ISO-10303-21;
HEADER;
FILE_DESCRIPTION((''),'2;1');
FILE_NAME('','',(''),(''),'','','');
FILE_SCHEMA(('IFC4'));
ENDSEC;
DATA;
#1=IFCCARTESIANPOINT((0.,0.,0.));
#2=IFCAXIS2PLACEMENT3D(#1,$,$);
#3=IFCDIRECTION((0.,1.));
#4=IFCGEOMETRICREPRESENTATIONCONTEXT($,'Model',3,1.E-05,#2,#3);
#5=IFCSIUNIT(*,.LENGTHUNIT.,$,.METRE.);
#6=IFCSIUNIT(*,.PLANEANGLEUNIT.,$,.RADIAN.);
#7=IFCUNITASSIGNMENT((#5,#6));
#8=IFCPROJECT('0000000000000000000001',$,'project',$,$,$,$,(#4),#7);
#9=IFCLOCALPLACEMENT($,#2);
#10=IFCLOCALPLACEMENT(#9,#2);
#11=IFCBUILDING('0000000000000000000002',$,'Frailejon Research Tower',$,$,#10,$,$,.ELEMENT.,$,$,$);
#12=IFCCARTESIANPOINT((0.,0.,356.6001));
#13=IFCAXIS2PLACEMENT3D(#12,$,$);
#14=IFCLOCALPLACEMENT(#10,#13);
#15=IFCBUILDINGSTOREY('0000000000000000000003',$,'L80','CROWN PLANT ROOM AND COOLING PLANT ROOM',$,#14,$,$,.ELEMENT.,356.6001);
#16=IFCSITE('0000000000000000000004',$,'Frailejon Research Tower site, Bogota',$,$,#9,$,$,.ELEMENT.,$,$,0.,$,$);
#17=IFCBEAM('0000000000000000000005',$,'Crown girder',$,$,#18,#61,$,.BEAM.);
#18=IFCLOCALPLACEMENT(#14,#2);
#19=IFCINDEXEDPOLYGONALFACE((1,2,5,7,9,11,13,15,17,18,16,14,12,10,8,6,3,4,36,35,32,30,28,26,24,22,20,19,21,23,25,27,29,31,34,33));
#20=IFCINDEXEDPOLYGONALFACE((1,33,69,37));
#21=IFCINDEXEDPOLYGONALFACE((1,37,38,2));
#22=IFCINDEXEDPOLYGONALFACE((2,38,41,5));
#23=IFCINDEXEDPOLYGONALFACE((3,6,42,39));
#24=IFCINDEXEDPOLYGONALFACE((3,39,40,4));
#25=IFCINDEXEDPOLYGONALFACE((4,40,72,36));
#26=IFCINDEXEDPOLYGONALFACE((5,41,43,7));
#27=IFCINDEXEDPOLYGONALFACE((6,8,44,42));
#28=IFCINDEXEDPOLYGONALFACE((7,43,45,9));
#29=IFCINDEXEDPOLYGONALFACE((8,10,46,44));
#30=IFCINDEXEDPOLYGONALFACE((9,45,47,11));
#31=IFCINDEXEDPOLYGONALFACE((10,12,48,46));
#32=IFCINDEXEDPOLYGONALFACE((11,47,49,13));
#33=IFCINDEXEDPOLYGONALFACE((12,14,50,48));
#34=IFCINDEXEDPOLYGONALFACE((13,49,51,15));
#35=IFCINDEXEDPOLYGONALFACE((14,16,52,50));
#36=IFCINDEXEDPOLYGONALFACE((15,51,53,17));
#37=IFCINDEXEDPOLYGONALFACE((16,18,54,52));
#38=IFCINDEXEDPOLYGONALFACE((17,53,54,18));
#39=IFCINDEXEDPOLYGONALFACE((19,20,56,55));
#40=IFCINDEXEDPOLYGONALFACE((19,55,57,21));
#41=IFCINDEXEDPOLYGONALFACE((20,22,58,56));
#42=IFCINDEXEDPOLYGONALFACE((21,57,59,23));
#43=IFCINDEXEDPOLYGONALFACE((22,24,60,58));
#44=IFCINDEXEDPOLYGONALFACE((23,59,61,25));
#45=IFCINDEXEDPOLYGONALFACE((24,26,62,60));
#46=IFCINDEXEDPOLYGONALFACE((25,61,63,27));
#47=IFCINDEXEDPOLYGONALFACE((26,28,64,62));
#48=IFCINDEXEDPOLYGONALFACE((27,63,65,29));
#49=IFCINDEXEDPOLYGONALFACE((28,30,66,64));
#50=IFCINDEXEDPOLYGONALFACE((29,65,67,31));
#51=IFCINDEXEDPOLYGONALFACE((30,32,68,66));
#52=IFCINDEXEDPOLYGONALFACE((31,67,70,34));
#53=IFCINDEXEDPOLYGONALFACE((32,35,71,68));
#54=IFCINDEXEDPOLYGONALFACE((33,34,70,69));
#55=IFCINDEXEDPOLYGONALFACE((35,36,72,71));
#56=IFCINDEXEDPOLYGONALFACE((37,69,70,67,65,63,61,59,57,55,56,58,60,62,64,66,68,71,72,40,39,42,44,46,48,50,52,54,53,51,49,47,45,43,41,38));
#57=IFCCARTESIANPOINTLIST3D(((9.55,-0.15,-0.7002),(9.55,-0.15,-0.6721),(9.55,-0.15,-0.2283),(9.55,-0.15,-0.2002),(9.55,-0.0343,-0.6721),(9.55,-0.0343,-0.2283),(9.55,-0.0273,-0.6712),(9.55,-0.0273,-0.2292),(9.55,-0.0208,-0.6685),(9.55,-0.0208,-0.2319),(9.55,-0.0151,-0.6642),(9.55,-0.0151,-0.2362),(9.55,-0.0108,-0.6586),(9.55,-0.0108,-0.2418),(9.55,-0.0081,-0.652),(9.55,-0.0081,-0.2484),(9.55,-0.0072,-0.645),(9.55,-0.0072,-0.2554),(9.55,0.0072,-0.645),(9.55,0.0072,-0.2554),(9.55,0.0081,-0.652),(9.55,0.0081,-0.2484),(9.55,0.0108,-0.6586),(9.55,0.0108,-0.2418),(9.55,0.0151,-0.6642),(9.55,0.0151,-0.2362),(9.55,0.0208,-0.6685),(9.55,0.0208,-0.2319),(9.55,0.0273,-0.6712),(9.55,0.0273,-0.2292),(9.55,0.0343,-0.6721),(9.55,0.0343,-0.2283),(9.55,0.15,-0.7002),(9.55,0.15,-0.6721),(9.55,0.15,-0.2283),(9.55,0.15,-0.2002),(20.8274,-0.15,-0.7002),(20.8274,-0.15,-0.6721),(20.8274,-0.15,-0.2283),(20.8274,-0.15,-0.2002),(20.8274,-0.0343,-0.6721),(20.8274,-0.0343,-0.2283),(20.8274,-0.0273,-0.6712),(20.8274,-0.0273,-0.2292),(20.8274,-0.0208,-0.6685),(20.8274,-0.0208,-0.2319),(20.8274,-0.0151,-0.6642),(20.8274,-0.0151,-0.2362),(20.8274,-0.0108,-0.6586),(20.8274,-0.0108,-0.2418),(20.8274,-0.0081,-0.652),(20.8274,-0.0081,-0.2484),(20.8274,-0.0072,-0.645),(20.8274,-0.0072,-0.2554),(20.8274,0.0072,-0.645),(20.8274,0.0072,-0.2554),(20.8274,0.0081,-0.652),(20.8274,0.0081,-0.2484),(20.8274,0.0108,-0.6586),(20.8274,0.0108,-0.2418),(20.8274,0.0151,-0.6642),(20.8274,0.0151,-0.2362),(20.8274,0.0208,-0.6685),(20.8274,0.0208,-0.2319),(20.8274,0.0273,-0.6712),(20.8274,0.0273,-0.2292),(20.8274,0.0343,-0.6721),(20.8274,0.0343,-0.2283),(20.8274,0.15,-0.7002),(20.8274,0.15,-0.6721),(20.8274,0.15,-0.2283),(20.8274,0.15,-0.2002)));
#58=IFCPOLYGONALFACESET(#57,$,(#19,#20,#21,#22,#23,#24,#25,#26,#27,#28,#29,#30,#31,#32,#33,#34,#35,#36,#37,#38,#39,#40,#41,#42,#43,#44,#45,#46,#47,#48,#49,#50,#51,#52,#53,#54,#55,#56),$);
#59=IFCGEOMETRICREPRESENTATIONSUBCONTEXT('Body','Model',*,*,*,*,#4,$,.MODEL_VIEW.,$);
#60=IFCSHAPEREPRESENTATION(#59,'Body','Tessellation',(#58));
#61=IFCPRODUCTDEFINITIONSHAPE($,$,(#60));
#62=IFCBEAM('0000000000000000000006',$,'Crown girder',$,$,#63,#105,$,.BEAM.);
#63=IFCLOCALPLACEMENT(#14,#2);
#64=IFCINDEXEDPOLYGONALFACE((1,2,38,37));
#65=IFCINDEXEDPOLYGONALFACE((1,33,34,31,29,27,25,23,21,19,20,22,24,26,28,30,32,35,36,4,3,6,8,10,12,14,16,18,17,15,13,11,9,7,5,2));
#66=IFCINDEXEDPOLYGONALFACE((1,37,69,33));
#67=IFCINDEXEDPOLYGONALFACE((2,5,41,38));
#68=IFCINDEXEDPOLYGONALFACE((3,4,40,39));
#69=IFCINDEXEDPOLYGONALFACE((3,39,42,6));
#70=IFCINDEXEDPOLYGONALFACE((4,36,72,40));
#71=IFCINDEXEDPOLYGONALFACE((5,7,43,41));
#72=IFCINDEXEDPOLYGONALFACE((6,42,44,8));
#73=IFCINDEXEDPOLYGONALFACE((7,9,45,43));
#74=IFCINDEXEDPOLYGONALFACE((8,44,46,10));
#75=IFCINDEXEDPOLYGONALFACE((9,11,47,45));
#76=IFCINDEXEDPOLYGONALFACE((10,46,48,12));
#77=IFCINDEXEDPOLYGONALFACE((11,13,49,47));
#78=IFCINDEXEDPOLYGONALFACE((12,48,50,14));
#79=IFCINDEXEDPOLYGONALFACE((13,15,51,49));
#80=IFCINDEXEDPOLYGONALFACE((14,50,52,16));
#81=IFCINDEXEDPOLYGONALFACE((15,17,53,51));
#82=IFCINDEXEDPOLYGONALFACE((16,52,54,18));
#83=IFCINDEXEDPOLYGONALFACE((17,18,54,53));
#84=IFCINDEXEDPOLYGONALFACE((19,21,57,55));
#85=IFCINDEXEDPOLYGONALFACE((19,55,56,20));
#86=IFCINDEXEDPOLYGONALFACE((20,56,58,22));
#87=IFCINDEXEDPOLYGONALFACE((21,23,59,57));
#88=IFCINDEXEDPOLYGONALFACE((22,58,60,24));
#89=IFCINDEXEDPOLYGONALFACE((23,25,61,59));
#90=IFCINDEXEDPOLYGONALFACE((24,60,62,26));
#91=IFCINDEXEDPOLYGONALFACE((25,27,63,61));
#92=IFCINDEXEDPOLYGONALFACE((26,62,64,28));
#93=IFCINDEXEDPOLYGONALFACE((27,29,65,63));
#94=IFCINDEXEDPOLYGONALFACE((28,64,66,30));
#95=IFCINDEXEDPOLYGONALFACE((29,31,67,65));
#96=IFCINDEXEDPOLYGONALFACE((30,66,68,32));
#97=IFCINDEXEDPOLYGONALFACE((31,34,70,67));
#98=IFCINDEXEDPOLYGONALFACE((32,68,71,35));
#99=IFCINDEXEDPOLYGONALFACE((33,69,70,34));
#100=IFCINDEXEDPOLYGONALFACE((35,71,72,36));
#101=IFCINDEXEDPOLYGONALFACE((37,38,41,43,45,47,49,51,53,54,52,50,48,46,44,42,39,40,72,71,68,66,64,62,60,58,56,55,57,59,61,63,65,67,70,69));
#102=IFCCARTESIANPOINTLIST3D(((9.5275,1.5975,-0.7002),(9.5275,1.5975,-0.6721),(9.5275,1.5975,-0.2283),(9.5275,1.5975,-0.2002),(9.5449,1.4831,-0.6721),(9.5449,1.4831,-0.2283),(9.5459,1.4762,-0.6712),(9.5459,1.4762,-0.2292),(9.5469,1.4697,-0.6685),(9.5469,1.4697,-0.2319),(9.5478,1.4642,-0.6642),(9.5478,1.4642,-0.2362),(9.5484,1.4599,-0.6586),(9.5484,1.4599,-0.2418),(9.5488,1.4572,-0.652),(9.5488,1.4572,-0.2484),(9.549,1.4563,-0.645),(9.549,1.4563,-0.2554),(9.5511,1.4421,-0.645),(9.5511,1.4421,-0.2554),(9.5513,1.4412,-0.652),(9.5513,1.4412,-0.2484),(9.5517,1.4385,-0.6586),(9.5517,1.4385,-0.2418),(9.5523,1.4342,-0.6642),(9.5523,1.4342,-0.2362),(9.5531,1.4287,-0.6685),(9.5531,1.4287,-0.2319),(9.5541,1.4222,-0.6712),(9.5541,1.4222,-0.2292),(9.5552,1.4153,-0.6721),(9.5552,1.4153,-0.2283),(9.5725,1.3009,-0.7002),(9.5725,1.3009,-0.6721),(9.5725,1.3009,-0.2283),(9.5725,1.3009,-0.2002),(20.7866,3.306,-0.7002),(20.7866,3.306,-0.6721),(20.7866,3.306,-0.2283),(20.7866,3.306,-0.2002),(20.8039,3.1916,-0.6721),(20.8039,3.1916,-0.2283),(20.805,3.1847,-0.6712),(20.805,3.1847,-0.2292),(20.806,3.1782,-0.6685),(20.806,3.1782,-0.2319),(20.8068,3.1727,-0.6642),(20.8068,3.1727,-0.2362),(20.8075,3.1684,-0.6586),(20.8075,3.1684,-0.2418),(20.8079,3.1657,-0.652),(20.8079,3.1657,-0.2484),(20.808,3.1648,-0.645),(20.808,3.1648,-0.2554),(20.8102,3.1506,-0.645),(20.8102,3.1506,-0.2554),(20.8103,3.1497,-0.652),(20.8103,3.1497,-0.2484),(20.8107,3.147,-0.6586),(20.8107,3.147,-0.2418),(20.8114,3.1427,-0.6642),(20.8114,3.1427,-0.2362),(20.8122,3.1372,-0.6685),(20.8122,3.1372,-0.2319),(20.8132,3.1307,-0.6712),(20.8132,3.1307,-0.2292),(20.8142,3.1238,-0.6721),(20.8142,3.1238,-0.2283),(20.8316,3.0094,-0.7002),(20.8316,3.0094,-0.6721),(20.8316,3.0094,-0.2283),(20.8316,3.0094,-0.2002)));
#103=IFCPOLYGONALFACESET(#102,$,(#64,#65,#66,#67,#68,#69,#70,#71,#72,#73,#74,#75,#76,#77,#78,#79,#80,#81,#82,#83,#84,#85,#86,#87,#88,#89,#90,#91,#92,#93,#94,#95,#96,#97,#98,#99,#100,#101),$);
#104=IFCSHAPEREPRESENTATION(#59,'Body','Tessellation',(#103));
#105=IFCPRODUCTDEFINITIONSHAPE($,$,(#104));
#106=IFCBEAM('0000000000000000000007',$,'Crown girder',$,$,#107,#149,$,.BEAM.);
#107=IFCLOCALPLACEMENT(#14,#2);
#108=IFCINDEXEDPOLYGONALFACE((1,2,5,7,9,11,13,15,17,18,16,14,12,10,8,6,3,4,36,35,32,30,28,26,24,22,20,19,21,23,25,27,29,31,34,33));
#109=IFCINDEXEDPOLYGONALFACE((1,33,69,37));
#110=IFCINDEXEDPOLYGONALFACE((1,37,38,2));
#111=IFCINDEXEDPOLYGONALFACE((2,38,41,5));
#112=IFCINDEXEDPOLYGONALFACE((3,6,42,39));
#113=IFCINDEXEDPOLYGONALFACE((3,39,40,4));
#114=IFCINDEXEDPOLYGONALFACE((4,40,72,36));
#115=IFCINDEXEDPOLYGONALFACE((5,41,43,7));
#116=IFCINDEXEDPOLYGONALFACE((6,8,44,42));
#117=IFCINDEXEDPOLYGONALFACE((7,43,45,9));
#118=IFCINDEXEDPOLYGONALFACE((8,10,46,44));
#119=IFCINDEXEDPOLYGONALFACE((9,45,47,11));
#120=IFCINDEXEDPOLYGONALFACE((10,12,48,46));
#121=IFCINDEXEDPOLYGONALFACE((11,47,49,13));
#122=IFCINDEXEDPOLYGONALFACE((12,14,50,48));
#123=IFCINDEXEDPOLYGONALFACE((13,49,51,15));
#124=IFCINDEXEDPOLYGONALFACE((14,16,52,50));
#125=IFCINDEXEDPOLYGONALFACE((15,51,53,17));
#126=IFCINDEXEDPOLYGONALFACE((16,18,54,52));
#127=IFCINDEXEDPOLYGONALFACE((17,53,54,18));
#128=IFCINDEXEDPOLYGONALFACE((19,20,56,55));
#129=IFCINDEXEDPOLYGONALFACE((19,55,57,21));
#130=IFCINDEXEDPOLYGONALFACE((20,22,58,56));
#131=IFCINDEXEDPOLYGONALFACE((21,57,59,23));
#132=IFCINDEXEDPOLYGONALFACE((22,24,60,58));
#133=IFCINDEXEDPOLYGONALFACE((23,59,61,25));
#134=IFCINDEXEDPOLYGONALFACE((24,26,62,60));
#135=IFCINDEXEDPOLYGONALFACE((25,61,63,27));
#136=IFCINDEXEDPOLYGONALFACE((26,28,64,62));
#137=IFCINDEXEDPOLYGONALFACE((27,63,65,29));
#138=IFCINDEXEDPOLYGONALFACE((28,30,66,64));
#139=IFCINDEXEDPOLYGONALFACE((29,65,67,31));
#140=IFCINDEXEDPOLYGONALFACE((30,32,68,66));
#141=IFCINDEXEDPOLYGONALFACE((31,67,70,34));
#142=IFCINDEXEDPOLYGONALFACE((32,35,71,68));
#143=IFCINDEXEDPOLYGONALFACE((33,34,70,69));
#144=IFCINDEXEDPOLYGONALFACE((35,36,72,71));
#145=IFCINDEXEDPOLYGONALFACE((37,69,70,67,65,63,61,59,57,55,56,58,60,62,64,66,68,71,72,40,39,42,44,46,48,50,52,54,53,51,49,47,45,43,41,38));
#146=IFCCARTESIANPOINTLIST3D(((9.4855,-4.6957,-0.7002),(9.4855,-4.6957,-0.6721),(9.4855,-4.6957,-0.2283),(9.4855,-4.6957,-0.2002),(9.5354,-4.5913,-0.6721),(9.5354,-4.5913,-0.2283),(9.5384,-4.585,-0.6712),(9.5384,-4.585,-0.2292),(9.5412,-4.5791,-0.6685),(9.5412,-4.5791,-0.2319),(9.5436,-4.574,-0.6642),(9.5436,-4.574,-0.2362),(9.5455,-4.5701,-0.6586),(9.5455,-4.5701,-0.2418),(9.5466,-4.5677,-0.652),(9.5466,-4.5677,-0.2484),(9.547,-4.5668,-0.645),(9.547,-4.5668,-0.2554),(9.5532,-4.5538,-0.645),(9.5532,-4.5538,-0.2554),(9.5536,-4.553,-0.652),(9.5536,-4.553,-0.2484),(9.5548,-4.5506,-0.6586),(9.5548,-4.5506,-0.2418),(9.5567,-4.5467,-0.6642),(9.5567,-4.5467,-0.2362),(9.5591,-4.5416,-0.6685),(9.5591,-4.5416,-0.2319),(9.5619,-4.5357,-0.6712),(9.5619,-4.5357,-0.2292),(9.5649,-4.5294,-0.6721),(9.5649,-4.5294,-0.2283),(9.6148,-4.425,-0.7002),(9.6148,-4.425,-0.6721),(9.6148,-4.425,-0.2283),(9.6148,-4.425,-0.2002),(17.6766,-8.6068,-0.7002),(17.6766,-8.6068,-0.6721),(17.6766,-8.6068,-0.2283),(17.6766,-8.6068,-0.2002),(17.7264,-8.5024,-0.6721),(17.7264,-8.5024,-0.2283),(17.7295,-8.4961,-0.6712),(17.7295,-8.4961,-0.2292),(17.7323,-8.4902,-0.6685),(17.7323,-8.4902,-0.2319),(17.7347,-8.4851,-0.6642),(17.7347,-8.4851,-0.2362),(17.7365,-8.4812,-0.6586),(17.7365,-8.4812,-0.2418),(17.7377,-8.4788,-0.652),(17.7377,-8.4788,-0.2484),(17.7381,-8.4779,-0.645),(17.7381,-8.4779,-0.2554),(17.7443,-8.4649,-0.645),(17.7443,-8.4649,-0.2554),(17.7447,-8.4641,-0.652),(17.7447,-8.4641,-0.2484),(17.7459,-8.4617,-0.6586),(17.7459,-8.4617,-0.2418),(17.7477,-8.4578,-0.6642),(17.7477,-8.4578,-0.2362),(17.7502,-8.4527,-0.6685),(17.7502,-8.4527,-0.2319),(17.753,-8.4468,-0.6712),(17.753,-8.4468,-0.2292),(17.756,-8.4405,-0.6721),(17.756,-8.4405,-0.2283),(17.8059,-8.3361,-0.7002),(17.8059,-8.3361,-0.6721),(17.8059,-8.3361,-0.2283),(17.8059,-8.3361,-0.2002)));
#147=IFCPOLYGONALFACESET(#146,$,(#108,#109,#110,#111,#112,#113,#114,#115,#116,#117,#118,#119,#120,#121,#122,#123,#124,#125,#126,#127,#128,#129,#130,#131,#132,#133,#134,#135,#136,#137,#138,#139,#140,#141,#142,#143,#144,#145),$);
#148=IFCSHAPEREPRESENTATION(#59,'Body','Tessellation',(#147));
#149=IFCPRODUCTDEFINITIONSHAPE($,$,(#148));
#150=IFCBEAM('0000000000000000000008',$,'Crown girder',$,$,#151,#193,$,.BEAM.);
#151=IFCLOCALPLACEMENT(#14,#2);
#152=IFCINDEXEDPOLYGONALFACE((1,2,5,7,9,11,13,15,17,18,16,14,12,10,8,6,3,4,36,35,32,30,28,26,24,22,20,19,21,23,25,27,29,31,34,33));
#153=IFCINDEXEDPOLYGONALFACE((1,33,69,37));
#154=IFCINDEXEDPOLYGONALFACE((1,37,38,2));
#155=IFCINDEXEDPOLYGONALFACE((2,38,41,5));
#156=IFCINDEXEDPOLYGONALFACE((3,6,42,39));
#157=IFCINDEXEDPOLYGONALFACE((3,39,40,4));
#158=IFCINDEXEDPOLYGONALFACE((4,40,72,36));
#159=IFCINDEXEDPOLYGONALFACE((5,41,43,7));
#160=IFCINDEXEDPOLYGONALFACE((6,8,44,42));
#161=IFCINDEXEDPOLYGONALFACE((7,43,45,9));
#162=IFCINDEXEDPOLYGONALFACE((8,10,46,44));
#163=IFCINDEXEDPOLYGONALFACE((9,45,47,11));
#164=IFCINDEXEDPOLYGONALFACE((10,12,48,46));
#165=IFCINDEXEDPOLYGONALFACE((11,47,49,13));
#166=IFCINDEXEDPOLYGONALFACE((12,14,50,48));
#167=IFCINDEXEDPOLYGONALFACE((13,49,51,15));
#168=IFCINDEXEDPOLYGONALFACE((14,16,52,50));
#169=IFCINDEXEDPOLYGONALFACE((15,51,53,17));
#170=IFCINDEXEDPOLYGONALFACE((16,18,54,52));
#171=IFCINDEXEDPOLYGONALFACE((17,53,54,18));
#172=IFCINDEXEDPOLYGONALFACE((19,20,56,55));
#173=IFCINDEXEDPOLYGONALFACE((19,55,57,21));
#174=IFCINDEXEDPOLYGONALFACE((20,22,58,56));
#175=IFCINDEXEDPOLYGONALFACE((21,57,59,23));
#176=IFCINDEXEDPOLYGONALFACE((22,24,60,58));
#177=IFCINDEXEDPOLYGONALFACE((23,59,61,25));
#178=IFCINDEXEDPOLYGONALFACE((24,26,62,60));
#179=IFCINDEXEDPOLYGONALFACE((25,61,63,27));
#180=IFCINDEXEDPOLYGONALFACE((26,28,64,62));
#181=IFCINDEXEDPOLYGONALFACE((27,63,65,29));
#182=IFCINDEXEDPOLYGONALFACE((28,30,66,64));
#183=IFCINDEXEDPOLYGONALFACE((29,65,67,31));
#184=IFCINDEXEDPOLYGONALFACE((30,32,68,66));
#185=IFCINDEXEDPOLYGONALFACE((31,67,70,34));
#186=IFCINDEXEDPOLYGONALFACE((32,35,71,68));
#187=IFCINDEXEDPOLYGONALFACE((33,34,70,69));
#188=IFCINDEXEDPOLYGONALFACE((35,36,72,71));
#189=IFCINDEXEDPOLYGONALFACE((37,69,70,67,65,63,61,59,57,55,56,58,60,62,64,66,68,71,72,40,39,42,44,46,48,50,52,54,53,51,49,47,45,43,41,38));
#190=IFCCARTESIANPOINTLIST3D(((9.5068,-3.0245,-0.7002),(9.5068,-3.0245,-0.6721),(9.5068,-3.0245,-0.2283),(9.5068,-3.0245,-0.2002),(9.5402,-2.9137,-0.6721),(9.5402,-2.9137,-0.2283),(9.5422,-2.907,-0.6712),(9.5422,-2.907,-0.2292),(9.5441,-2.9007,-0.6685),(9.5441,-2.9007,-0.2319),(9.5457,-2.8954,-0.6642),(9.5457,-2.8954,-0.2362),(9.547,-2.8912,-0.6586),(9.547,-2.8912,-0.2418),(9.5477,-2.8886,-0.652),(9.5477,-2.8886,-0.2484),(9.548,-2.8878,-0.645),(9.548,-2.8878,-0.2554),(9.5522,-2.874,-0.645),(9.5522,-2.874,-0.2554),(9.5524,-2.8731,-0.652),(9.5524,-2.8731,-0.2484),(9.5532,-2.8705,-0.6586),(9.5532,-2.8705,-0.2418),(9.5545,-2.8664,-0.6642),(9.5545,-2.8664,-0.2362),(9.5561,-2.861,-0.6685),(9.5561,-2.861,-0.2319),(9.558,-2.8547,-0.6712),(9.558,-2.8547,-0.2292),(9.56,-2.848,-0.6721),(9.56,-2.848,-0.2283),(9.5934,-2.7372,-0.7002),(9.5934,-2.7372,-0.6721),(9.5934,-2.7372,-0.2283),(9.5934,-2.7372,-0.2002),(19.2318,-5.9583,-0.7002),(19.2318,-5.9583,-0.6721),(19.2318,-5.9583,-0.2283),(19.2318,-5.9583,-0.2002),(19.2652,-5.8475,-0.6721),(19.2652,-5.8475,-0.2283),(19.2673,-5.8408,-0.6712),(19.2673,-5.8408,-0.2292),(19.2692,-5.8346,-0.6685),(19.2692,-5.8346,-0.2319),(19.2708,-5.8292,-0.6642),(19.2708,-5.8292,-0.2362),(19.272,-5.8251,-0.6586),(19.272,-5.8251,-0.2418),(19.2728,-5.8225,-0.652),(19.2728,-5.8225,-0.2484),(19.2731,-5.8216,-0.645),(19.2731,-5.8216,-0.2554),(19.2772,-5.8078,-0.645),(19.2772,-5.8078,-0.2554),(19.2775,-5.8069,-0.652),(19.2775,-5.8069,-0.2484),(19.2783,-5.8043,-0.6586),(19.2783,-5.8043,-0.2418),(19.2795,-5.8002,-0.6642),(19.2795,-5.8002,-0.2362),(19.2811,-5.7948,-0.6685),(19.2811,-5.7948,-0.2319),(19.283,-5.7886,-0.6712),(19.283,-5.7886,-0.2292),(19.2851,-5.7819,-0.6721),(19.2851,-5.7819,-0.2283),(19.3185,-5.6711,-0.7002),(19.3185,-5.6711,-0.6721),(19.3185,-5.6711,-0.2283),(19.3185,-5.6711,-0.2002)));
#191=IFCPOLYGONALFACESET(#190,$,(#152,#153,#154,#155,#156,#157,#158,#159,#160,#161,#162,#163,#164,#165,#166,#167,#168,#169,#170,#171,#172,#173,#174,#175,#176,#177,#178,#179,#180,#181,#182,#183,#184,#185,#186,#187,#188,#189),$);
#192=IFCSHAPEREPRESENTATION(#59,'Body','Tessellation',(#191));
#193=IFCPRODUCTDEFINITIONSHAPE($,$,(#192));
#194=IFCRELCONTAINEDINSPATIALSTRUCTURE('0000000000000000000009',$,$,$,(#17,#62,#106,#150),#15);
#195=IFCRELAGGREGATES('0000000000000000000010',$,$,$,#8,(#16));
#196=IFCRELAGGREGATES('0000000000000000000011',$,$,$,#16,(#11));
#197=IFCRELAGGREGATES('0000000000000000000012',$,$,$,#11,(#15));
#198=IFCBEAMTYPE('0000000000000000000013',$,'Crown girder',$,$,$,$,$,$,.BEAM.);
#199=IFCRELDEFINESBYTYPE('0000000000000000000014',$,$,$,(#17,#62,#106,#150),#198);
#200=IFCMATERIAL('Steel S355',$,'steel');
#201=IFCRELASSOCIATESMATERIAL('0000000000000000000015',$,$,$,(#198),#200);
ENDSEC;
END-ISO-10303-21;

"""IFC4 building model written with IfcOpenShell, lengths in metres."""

from ifc_helpers import new_model, si_unit, direction, frame, origin, origin_2d, place, context, subcontext, project, spatial, i_section, extrude, material, material_profile, profile_set, type_object, element, save


model = new_model("IFC4")

# Units and contexts
model_context = context("Model", 3, precision=1e-05, world=origin(), true_north=direction((0.0, 1.0)))
body_context = subcontext(model_context, "Body", "Model", "MODEL_VIEW")
ifc_project = project(units=[si_unit("LENGTHUNIT", "METRE"), si_unit("PLANEANGLEUNIT", "RADIAN")], contexts=[model_context])

# Site, building, storey
site_placement = place(None, origin())
site = spatial("IfcSite", under=ifc_project, at=site_placement, Name="Frailejon Research Tower site, Bogota", CompositionType="ELEMENT", RefElevation=0.0)
building_placement = place(site_placement, origin())
building = spatial("IfcBuilding", under=site, at=building_placement, Name="Frailejon Research Tower", CompositionType="ELEMENT")
storey_placement = place(building_placement, frame((0.0, 0.0, 356.6001)))
storey = spatial("IfcBuildingStorey", under=building, at=storey_placement, Name="L80", Description="CROWN PLANT ROOM AND COOLING PLANT ROOM", CompositionType="ELEMENT", Elevation=356.6001)

# Beams
ifc_material_1 = material(Name="Steel S355", Category="steel")
ifc_material_profile_1 = material_profile(ifc_material_1, i_section(OverallWidth=0.3, OverallDepth=0.5, WebThickness=0.0144, FlangeThickness=0.0281, FilletRadius=0.0271, at=origin_2d()), Name="HE 500 B")
ifc_profile_set_1 = profile_set([ifc_material_profile_1], Name="Steel S355")
beam_type_1 = type_object("IfcBeamType", Name="Crown girder", PredefinedType="BEAM", material=ifc_profile_set_1)
beam_1_placement = place(storey_placement, frame((20.8274, 0.0, -0.4502), z_axis=(-1.0, 0.0, 0.0), x_axis=(0.0, -1.0, 0.0)))
element("IfcBeam", 1, at=beam_1_placement, inside=storey, type_object=beam_type_1, Name="Crown girder", PredefinedType="BEAM", context=body_context, shape_type="SweptSolid", body=[
    extrude(i_section(OverallWidth=0.3, OverallDepth=0.5, WebThickness=0.0144, FlangeThickness=0.0281, FilletRadius=0.0271, at=origin_2d()), origin(), (0.0, 0.0, 1.0), 11.2773),
])
beam_2_placement = place(storey_placement, frame((20.8091, 3.1577, -0.4502), z_axis=(-0.988682, -0.150027, 0.0), x_axis=(0.150027, -0.988682, 0.0)))
element("IfcBeam", 2, at=beam_2_placement, inside=storey, type_object=beam_type_1, Name="Crown girder", PredefinedType="BEAM", context=body_context, shape_type="SweptSolid", body=[
    extrude(i_section(OverallWidth=0.3, OverallDepth=0.5, WebThickness=0.0144, FlangeThickness=0.0281, FilletRadius=0.0271, at=origin_2d()), origin(), (0.0, 0.0, 1.0), 11.3879),
])
beam_3_placement = place(storey_placement, frame((17.7412, -8.4714, -0.4502), z_axis=(-0.902408, 0.430883, 0.0), x_axis=(-0.430883, -0.902408, 0.0)))
element("IfcBeam", 3, at=beam_3_placement, inside=storey, type_object=beam_type_1, Name="Crown girder", PredefinedType="BEAM", context=body_context, shape_type="SweptSolid", body=[
    extrude(i_section(OverallWidth=0.3, OverallDepth=0.5, WebThickness=0.0144, FlangeThickness=0.0281, FilletRadius=0.0271, at=origin_2d()), origin(), (0.0, 0.0, 1.0), 9.0769),
])
beam_4_placement = place(storey_placement, frame((19.2751, -5.8147, -0.4502), z_axis=(-0.957383, 0.28882, 0.0), x_axis=(-0.28882, -0.957383, 0.0)))
element("IfcBeam", 4, at=beam_4_placement, inside=storey, type_object=beam_type_1, Name="Crown girder", PredefinedType="BEAM", context=body_context, shape_type="SweptSolid", body=[
    extrude(i_section(OverallWidth=0.3, OverallDepth=0.5, WebThickness=0.0144, FlangeThickness=0.0281, FilletRadius=0.0271, at=origin_2d()), origin(), (0.0, 0.0, 1.0), 10.158),
])

save(model, "model.ifc")
